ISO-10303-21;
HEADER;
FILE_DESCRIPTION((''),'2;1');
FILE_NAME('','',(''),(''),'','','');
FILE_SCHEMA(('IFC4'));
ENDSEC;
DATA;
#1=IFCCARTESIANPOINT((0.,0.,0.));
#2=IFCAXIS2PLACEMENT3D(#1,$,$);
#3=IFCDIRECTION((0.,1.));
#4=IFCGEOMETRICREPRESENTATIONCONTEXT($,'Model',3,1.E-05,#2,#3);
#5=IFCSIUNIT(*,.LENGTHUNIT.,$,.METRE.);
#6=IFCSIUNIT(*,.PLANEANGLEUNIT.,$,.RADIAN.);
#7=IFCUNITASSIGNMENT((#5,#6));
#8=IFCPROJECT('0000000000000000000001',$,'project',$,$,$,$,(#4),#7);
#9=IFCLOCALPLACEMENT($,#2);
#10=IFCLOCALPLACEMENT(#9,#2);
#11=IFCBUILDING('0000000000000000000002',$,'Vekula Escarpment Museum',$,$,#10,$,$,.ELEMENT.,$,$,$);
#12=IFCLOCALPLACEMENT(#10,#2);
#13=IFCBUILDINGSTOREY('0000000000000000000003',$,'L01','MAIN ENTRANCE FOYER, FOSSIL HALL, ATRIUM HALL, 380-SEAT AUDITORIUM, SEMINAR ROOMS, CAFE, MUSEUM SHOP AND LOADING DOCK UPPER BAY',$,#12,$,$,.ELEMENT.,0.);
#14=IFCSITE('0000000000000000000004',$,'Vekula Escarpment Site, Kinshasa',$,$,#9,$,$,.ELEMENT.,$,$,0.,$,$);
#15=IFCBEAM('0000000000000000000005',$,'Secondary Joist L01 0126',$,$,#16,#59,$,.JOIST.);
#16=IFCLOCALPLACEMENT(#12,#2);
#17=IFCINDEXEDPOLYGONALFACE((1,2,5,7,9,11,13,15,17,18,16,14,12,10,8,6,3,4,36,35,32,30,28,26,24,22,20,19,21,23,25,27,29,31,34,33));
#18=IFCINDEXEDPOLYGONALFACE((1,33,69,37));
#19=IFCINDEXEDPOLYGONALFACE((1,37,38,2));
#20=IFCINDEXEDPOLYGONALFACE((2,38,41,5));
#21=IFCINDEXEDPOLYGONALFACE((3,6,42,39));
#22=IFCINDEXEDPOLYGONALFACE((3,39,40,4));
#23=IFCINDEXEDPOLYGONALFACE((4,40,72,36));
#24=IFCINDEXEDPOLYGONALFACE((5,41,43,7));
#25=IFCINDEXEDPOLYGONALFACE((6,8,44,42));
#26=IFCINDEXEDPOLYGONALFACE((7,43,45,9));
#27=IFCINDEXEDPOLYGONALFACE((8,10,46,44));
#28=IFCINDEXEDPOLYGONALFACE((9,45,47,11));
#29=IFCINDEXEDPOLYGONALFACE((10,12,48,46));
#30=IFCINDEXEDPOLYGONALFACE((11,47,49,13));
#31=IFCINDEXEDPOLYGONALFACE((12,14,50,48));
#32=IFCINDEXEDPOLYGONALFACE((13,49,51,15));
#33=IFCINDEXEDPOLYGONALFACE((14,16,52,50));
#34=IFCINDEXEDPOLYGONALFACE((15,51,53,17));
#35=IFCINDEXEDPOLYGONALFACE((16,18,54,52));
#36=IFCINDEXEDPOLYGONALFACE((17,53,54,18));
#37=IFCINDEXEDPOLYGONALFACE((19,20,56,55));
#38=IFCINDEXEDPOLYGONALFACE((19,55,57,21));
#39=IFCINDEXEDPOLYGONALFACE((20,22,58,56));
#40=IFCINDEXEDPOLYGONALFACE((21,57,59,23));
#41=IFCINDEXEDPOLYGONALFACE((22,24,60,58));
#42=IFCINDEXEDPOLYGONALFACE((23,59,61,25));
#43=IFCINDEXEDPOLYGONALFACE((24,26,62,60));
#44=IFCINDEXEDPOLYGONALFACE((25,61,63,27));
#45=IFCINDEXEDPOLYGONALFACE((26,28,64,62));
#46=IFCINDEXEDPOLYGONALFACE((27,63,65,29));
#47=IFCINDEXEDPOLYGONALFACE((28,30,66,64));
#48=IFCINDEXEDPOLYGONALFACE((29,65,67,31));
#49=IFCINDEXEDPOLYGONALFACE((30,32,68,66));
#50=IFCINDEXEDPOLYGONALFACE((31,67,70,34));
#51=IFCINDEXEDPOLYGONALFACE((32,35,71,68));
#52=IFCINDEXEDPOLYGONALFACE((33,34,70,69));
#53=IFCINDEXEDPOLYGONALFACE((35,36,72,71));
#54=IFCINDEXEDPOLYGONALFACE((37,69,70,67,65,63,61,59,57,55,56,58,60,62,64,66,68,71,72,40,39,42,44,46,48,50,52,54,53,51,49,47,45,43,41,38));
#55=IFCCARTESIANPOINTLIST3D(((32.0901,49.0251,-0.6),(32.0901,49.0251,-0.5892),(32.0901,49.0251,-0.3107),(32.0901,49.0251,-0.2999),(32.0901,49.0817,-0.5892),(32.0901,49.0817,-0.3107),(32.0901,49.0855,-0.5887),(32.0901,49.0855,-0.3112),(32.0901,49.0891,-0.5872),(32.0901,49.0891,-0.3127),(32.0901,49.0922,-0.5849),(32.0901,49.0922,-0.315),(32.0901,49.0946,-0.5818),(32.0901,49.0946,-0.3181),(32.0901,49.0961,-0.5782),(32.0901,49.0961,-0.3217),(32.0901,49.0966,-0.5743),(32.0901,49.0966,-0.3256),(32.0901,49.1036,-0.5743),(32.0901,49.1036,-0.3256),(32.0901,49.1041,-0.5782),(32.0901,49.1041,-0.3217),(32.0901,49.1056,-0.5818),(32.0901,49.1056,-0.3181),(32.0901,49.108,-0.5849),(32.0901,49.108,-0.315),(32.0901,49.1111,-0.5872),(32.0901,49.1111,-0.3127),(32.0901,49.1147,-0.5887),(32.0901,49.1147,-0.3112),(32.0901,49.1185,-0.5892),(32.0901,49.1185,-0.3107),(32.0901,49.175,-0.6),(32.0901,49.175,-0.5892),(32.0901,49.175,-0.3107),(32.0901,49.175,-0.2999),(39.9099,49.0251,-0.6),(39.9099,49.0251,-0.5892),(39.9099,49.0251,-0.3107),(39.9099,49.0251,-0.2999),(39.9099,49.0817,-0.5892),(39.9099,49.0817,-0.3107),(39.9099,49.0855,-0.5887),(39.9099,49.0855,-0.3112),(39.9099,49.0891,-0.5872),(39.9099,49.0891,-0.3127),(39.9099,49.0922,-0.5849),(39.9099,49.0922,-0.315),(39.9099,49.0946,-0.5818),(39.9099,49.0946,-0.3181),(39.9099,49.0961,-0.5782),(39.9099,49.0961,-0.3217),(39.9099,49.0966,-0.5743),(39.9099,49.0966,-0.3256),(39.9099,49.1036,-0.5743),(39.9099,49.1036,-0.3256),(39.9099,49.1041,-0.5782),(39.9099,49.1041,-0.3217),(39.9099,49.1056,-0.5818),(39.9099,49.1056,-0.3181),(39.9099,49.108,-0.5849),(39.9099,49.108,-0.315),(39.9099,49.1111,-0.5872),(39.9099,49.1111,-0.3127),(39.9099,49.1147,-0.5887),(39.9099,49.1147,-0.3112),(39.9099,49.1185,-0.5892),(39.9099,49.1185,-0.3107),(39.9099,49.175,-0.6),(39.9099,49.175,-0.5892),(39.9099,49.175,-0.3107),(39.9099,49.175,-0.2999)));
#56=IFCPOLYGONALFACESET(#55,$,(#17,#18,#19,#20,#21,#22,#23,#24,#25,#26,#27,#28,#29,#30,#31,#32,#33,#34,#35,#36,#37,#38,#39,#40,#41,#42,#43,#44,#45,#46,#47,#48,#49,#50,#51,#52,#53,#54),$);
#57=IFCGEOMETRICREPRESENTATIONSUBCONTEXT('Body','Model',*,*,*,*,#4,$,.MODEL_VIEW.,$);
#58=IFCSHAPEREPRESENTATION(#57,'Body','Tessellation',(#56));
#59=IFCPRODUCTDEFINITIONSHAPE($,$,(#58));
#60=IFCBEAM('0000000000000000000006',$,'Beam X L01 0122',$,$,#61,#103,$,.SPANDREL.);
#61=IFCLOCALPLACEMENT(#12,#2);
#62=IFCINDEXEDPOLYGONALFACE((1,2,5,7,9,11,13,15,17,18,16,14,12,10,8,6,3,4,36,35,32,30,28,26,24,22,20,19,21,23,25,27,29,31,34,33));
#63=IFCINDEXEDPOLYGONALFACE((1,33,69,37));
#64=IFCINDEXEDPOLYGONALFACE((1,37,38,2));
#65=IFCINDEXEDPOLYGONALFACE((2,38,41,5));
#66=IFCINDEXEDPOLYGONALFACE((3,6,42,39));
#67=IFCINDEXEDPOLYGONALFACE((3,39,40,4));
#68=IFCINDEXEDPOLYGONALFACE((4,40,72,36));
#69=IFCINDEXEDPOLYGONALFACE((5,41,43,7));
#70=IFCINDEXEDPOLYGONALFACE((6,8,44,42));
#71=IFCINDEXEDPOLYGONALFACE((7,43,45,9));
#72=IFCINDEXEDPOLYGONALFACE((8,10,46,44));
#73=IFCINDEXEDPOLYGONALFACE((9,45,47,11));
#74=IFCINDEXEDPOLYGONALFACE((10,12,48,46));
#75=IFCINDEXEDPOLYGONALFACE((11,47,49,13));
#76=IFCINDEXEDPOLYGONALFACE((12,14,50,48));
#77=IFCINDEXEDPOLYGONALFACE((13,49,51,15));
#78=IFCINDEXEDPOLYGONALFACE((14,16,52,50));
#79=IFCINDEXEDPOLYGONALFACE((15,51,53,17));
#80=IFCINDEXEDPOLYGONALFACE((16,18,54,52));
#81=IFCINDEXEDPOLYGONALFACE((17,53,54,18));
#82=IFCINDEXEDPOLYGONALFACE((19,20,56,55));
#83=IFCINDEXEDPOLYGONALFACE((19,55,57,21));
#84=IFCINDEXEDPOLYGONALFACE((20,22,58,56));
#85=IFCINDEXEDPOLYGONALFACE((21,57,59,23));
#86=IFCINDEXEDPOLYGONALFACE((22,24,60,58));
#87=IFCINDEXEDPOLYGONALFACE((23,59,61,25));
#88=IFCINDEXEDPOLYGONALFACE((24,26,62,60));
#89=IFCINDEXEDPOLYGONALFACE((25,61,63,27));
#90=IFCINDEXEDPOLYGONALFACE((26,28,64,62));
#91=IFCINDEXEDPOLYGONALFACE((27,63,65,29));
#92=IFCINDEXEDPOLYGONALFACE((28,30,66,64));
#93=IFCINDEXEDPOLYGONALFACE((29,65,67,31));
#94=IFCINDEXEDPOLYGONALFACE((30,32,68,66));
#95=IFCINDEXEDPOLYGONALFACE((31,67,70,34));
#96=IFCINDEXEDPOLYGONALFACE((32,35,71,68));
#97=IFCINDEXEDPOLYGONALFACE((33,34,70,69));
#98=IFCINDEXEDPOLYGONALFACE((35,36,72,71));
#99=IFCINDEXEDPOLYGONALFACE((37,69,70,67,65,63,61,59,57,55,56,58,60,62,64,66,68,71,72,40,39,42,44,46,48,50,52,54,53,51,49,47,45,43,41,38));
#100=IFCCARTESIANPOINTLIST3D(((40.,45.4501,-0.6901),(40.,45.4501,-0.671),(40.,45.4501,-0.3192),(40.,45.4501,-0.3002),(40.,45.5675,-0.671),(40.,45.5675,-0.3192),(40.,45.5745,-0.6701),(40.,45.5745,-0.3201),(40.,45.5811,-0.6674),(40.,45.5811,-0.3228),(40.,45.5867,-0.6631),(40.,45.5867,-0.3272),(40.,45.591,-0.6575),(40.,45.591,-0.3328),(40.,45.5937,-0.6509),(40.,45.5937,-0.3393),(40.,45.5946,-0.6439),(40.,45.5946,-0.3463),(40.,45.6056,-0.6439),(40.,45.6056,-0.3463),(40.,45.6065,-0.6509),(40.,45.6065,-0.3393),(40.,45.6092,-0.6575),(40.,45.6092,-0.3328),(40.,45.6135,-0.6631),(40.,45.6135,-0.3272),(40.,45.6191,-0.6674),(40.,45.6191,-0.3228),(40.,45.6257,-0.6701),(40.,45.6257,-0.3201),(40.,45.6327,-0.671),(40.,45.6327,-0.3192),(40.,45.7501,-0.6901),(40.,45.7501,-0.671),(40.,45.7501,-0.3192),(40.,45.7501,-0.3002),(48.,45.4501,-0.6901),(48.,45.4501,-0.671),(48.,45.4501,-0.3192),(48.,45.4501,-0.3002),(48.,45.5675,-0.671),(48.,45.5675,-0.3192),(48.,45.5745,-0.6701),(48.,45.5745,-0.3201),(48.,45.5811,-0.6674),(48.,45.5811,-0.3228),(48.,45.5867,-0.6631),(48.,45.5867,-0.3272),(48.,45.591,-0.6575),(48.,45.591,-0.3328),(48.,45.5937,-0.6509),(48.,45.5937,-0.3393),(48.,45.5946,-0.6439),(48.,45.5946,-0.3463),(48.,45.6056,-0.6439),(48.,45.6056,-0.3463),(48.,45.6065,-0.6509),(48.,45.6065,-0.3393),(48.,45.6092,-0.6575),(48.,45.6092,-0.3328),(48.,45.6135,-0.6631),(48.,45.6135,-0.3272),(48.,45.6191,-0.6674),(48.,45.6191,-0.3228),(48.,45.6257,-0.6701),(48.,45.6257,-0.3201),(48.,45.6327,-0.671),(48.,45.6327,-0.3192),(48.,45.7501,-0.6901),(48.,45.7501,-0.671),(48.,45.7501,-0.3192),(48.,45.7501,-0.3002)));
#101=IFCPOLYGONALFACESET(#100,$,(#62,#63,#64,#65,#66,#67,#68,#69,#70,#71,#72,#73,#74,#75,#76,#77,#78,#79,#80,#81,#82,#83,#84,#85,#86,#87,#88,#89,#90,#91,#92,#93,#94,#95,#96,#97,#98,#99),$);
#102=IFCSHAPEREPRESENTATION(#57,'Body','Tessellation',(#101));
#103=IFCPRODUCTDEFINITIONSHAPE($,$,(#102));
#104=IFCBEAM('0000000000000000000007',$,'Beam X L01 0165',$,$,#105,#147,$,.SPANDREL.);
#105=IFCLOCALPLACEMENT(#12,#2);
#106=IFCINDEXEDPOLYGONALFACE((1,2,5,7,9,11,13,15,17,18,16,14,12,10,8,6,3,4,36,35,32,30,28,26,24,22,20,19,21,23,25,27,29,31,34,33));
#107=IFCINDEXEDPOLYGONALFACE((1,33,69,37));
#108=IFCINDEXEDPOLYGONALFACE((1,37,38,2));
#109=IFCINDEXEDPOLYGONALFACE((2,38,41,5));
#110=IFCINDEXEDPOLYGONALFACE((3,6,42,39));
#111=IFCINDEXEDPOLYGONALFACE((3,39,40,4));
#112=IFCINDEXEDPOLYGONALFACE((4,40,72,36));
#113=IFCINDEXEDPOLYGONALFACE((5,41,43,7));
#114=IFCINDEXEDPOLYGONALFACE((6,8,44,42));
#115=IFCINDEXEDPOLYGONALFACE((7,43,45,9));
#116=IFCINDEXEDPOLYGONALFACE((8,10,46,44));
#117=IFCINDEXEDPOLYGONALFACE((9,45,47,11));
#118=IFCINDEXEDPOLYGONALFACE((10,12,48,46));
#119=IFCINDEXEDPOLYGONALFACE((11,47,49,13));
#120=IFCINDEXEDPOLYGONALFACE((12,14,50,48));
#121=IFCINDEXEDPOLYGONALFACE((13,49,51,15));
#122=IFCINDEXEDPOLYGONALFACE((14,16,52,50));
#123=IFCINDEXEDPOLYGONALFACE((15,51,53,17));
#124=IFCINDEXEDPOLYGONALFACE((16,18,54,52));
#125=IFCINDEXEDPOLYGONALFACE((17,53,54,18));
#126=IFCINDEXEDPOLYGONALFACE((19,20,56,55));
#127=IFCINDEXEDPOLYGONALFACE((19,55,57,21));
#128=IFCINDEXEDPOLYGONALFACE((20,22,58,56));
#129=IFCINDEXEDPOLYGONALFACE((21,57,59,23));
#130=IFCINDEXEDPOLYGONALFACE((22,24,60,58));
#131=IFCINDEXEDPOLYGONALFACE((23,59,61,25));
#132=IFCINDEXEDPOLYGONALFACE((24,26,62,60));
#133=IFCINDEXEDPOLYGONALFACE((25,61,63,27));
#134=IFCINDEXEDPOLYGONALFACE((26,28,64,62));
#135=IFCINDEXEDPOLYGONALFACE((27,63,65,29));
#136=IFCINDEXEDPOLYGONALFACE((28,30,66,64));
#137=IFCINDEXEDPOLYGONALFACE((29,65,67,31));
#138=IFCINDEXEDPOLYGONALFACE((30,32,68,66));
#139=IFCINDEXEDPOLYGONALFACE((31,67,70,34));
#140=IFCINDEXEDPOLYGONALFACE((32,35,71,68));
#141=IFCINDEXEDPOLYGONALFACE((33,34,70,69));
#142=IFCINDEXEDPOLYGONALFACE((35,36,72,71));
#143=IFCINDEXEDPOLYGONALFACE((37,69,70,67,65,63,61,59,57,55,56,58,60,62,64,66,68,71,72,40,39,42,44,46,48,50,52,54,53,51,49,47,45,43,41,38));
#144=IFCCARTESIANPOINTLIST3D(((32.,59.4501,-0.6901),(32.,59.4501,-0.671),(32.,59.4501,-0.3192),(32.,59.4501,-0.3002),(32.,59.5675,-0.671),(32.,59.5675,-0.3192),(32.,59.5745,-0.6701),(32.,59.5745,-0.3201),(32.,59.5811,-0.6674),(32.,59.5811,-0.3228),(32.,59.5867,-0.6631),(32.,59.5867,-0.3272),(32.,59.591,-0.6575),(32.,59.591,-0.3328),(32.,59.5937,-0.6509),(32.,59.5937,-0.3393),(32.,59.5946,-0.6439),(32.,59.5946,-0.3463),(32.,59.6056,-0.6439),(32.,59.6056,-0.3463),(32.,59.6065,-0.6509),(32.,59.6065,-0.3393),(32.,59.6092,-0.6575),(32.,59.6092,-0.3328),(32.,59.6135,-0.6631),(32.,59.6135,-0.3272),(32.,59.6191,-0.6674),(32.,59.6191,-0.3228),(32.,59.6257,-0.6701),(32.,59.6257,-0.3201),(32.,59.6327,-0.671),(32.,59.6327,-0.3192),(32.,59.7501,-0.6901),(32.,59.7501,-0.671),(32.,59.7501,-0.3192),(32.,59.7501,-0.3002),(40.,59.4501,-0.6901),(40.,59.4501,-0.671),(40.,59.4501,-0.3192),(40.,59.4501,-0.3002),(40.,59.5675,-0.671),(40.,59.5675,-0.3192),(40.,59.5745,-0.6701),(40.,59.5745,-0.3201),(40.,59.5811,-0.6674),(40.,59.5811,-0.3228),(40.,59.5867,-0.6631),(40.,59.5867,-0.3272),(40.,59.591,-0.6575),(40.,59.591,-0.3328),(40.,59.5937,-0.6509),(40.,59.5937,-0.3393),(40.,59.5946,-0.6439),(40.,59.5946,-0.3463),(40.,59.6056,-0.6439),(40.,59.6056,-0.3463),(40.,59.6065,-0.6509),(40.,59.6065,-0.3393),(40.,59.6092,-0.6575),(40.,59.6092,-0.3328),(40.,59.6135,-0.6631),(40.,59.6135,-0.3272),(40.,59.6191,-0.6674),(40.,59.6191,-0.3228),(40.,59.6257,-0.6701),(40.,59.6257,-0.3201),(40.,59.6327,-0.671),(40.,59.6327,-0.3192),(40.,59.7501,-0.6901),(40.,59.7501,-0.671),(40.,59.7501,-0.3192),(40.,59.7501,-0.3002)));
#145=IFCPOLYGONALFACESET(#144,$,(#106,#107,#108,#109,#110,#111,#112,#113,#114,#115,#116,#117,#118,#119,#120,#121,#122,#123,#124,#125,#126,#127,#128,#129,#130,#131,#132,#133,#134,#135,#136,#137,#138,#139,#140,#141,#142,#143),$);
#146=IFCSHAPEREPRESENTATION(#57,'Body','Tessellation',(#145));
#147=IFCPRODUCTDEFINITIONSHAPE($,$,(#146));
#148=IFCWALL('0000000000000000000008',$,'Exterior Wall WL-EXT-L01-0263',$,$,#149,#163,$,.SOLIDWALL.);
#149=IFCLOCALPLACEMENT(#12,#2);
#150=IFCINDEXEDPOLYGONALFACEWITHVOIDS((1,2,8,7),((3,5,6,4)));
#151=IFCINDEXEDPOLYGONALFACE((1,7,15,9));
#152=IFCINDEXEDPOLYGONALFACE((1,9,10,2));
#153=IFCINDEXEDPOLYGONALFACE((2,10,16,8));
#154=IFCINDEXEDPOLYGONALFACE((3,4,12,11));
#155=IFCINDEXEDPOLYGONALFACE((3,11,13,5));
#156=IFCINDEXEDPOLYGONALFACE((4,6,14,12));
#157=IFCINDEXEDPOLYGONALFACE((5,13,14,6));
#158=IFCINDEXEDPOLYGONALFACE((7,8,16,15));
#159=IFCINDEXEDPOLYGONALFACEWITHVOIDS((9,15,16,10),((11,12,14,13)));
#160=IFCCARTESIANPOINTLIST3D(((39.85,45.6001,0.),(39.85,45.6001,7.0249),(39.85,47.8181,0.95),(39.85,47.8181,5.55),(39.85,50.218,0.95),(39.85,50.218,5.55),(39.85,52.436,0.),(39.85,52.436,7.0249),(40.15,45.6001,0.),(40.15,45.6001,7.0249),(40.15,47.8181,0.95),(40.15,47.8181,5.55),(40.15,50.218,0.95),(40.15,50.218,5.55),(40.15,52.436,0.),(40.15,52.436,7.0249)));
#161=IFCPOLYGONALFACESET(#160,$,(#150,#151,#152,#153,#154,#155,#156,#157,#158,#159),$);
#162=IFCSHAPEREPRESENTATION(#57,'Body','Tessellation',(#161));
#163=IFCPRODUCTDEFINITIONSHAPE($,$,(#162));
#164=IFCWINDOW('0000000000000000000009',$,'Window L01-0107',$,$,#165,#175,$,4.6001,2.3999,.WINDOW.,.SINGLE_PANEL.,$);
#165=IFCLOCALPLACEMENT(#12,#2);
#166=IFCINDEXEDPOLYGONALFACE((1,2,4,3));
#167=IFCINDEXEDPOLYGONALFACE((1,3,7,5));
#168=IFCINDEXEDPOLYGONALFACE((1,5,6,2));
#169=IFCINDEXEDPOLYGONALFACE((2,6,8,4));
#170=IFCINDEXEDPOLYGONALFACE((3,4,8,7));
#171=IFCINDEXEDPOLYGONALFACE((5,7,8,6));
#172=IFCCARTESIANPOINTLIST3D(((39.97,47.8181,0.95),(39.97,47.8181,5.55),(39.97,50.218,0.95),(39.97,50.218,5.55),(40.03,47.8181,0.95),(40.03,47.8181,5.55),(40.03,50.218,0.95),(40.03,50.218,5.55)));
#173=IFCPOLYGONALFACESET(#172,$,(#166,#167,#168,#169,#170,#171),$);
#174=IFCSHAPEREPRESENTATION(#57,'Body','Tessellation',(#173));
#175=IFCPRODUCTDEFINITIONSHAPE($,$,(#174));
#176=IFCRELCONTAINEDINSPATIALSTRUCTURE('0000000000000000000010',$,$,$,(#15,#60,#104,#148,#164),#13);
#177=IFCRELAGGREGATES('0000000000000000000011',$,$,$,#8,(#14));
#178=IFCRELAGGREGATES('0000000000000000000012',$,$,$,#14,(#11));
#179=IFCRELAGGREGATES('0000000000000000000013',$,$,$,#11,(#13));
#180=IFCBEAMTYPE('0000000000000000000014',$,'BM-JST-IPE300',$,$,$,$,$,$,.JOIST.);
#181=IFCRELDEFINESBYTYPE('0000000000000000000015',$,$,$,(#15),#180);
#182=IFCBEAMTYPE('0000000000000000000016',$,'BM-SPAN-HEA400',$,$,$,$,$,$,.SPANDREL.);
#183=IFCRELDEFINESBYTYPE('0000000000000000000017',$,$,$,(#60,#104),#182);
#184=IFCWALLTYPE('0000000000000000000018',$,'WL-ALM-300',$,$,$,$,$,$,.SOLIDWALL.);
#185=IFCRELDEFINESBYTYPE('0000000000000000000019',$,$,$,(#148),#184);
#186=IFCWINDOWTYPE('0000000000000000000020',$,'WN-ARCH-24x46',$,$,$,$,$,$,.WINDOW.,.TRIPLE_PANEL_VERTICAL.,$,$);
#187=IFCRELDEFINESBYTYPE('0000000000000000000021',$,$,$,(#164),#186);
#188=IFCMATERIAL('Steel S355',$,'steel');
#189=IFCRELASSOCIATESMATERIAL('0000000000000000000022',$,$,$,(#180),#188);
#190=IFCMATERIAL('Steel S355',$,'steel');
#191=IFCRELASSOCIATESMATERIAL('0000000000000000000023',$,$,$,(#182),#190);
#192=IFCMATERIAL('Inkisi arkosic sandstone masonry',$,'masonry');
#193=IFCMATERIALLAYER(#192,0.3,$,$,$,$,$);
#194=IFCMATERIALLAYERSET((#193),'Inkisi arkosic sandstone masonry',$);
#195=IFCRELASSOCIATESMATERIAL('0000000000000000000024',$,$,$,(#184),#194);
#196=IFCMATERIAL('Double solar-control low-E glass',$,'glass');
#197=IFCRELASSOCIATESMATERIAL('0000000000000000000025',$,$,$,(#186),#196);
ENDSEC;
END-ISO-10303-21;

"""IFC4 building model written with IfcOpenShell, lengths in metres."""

from ifc_helpers import new_model, si_unit, direction, frame, frame_2d, origin, origin_2d, place, context, subcontext, project, spatial, rectangle, i_section, extrude, material, layer, layer_set, material_profile, profile_set, type_object, element, fill, save


model = new_model("IFC4")

# Units and contexts
model_context = context("Model", 3, precision=1e-05, world=origin(), true_north=direction((0.0, 1.0)))
body_context = subcontext(model_context, "Body", "Model", "MODEL_VIEW")
ifc_project = project(units=[si_unit("LENGTHUNIT", "METRE"), si_unit("PLANEANGLEUNIT", "RADIAN")], contexts=[model_context])

# Site, building, storey
site_placement = place(None, origin())
site = spatial("IfcSite", under=ifc_project, at=site_placement, Name="Vekula Escarpment Site, Kinshasa", CompositionType="ELEMENT", RefElevation=0.0)
building_placement = place(site_placement, origin())
building = spatial("IfcBuilding", under=site, at=building_placement, Name="Vekula Escarpment Museum", CompositionType="ELEMENT")
storey_placement = place(building_placement, origin())
storey = spatial("IfcBuildingStorey", under=building, at=storey_placement, Name="L01", Description="MAIN ENTRANCE FOYER, FOSSIL HALL, ATRIUM HALL, 380-SEAT AUDITORIUM, SEMINAR ROOMS, CAFE, MUSEUM SHOP AND LOADING DOCK UPPER BAY", CompositionType="ELEMENT", Elevation=0.0)

# Beams
ifc_material_1 = material(Name="Steel S355", Category="steel")
ifc_material_profile_1 = material_profile(ifc_material_1, i_section(OverallWidth=0.1499, OverallDepth=0.3, WebThickness=0.0071, FlangeThickness=0.0107, FilletRadius=0.0149, at=origin_2d()), Name="IPE 300")
ifc_profile_set_1 = profile_set([ifc_material_profile_1], Name="Steel S355")
beam_type_1 = type_object("IfcBeamType", Name="BM-JST-IPE300", PredefinedType="JOIST", material=ifc_profile_set_1)
beam_1_placement = place(storey_placement, frame((32.0901, 49.1001, -0.45), z_axis=(1.0, 0.0, 0.0), x_axis=(0.0, 1.0, 0.0)))
element("IfcBeam", 1, at=beam_1_placement, inside=storey, type_object=beam_type_1, Name="Secondary Joist L01 0126", PredefinedType="JOIST", context=body_context, shape_type="SweptSolid", body=[
    extrude(i_section(OverallWidth=0.1499, OverallDepth=0.3, WebThickness=0.0071, FlangeThickness=0.0107, FilletRadius=0.0149, at=origin_2d()), origin(), (0.0, 0.0, 1.0), 7.8198),
])
ifc_material_2 = material(Name="Steel S355", Category="steel")
ifc_material_profile_2 = material_profile(ifc_material_2, i_section(OverallWidth=0.3, OverallDepth=0.3899, WebThickness=0.011, FlangeThickness=0.019, FilletRadius=0.0271, at=origin_2d()), Name="HEA 400")
ifc_profile_set_2 = profile_set([ifc_material_profile_2], Name="Steel S355")
beam_type_2 = type_object("IfcBeamType", Name="BM-SPAN-HEA400", PredefinedType="SPANDREL", material=ifc_profile_set_2)
for number, where, z_axis, x_axis, name in (
    (2, (40.0, 45.6001, -0.4951), (1.0, 0.0, 0.0), (0.0, 1.0, 0.0), "Beam X L01 0122"),
    (3, (32.0, 59.6001, -0.4951), (1.0, 0.0, 0.0), (0.0, 1.0, 0.0), "Beam X L01 0165"),
):
    element("IfcBeam", number, at=place(storey_placement, frame(where, z_axis=z_axis, x_axis=x_axis)), inside=storey, type_object=beam_type_2, Name=name, PredefinedType="SPANDREL", context=body_context, shape_type="SweptSolid", body=[
        extrude(i_section(OverallWidth=0.3, OverallDepth=0.3899, WebThickness=0.011, FlangeThickness=0.019, FilletRadius=0.0271, at=origin_2d()), origin(), (0.0, 0.0, 1.0), 8.0),
    ])

# Wall, opening, window
ifc_material_3 = material(Name="Inkisi arkosic sandstone masonry", Category="masonry")
ifc_layer_1 = layer(ifc_material_3, 0.3)
ifc_layer_set_1 = layer_set([ifc_layer_1], Name="Inkisi arkosic sandstone masonry")
wall_type_1 = type_object("IfcWallType", Name="WL-ALM-300", PredefinedType="SOLIDWALL", material=ifc_layer_set_1)
wall_1_placement = place(storey_placement, frame((40.0, 45.6001, 0.0), z_axis=(0.0, 0.0, 1.0), x_axis=(0.0, 1.0, 0.0)))
wall_1 = element("IfcWall", 4, at=wall_1_placement, inside=storey, type_object=wall_type_1, Name="Exterior Wall WL-EXT-L01-0263", PredefinedType="SOLIDWALL", context=body_context, shape_type="SweptSolid", body=[
    extrude(rectangle(XDim=6.8359, YDim=0.3, at=frame_2d((3.418, 0.0))), origin(), (0.0, 0.0, 1.0), 7.0249),
])
opening_1_placement = place(wall_1_placement, frame((2.218, 0.0, 0.95)))
opening_1 = element("IfcOpeningElement", 5, at=opening_1_placement, cuts=wall_1, PredefinedType="OPENING", context=body_context, shape_type="SweptSolid", body=[
    extrude(rectangle(XDim=2.3999, YDim=4.6001, at=frame_2d((1.2, 2.3))), frame((0.0, 0.1599, 0.0), z_axis=(0.0, -1.0, 0.0), x_axis=(1.0, 0.0, 0.0)), (0.0, 0.0, 1.0), 0.3201),
])
ifc_material_4 = material(Name="Double solar-control low-E glass", Category="glass")
window_type = type_object("IfcWindowType", Name="WN-ARCH-24x46", PartitioningType="TRIPLE_PANEL_VERTICAL", PredefinedType="WINDOW", material=ifc_material_4)
window_placement = place(opening_1_placement, origin())
window = element("IfcWindow", 6, at=window_placement, inside=storey, type_object=window_type, Name="Window L01-0107", OverallHeight=4.6001, OverallWidth=2.3999, PartitioningType="SINGLE_PANEL", PredefinedType="WINDOW", context=body_context, shape_type="SweptSolid", body=[
    extrude(rectangle(XDim=2.3999, YDim=4.6001, at=frame_2d((1.2, 2.3))), frame((0.0, 0.03, 0.0), z_axis=(0.0, -1.0, 0.0), x_axis=(1.0, 0.0, 0.0)), (0.0, 0.0, 1.0), 0.0601),
])
fill(opening_1, window)

save(model, "model.ifc")
